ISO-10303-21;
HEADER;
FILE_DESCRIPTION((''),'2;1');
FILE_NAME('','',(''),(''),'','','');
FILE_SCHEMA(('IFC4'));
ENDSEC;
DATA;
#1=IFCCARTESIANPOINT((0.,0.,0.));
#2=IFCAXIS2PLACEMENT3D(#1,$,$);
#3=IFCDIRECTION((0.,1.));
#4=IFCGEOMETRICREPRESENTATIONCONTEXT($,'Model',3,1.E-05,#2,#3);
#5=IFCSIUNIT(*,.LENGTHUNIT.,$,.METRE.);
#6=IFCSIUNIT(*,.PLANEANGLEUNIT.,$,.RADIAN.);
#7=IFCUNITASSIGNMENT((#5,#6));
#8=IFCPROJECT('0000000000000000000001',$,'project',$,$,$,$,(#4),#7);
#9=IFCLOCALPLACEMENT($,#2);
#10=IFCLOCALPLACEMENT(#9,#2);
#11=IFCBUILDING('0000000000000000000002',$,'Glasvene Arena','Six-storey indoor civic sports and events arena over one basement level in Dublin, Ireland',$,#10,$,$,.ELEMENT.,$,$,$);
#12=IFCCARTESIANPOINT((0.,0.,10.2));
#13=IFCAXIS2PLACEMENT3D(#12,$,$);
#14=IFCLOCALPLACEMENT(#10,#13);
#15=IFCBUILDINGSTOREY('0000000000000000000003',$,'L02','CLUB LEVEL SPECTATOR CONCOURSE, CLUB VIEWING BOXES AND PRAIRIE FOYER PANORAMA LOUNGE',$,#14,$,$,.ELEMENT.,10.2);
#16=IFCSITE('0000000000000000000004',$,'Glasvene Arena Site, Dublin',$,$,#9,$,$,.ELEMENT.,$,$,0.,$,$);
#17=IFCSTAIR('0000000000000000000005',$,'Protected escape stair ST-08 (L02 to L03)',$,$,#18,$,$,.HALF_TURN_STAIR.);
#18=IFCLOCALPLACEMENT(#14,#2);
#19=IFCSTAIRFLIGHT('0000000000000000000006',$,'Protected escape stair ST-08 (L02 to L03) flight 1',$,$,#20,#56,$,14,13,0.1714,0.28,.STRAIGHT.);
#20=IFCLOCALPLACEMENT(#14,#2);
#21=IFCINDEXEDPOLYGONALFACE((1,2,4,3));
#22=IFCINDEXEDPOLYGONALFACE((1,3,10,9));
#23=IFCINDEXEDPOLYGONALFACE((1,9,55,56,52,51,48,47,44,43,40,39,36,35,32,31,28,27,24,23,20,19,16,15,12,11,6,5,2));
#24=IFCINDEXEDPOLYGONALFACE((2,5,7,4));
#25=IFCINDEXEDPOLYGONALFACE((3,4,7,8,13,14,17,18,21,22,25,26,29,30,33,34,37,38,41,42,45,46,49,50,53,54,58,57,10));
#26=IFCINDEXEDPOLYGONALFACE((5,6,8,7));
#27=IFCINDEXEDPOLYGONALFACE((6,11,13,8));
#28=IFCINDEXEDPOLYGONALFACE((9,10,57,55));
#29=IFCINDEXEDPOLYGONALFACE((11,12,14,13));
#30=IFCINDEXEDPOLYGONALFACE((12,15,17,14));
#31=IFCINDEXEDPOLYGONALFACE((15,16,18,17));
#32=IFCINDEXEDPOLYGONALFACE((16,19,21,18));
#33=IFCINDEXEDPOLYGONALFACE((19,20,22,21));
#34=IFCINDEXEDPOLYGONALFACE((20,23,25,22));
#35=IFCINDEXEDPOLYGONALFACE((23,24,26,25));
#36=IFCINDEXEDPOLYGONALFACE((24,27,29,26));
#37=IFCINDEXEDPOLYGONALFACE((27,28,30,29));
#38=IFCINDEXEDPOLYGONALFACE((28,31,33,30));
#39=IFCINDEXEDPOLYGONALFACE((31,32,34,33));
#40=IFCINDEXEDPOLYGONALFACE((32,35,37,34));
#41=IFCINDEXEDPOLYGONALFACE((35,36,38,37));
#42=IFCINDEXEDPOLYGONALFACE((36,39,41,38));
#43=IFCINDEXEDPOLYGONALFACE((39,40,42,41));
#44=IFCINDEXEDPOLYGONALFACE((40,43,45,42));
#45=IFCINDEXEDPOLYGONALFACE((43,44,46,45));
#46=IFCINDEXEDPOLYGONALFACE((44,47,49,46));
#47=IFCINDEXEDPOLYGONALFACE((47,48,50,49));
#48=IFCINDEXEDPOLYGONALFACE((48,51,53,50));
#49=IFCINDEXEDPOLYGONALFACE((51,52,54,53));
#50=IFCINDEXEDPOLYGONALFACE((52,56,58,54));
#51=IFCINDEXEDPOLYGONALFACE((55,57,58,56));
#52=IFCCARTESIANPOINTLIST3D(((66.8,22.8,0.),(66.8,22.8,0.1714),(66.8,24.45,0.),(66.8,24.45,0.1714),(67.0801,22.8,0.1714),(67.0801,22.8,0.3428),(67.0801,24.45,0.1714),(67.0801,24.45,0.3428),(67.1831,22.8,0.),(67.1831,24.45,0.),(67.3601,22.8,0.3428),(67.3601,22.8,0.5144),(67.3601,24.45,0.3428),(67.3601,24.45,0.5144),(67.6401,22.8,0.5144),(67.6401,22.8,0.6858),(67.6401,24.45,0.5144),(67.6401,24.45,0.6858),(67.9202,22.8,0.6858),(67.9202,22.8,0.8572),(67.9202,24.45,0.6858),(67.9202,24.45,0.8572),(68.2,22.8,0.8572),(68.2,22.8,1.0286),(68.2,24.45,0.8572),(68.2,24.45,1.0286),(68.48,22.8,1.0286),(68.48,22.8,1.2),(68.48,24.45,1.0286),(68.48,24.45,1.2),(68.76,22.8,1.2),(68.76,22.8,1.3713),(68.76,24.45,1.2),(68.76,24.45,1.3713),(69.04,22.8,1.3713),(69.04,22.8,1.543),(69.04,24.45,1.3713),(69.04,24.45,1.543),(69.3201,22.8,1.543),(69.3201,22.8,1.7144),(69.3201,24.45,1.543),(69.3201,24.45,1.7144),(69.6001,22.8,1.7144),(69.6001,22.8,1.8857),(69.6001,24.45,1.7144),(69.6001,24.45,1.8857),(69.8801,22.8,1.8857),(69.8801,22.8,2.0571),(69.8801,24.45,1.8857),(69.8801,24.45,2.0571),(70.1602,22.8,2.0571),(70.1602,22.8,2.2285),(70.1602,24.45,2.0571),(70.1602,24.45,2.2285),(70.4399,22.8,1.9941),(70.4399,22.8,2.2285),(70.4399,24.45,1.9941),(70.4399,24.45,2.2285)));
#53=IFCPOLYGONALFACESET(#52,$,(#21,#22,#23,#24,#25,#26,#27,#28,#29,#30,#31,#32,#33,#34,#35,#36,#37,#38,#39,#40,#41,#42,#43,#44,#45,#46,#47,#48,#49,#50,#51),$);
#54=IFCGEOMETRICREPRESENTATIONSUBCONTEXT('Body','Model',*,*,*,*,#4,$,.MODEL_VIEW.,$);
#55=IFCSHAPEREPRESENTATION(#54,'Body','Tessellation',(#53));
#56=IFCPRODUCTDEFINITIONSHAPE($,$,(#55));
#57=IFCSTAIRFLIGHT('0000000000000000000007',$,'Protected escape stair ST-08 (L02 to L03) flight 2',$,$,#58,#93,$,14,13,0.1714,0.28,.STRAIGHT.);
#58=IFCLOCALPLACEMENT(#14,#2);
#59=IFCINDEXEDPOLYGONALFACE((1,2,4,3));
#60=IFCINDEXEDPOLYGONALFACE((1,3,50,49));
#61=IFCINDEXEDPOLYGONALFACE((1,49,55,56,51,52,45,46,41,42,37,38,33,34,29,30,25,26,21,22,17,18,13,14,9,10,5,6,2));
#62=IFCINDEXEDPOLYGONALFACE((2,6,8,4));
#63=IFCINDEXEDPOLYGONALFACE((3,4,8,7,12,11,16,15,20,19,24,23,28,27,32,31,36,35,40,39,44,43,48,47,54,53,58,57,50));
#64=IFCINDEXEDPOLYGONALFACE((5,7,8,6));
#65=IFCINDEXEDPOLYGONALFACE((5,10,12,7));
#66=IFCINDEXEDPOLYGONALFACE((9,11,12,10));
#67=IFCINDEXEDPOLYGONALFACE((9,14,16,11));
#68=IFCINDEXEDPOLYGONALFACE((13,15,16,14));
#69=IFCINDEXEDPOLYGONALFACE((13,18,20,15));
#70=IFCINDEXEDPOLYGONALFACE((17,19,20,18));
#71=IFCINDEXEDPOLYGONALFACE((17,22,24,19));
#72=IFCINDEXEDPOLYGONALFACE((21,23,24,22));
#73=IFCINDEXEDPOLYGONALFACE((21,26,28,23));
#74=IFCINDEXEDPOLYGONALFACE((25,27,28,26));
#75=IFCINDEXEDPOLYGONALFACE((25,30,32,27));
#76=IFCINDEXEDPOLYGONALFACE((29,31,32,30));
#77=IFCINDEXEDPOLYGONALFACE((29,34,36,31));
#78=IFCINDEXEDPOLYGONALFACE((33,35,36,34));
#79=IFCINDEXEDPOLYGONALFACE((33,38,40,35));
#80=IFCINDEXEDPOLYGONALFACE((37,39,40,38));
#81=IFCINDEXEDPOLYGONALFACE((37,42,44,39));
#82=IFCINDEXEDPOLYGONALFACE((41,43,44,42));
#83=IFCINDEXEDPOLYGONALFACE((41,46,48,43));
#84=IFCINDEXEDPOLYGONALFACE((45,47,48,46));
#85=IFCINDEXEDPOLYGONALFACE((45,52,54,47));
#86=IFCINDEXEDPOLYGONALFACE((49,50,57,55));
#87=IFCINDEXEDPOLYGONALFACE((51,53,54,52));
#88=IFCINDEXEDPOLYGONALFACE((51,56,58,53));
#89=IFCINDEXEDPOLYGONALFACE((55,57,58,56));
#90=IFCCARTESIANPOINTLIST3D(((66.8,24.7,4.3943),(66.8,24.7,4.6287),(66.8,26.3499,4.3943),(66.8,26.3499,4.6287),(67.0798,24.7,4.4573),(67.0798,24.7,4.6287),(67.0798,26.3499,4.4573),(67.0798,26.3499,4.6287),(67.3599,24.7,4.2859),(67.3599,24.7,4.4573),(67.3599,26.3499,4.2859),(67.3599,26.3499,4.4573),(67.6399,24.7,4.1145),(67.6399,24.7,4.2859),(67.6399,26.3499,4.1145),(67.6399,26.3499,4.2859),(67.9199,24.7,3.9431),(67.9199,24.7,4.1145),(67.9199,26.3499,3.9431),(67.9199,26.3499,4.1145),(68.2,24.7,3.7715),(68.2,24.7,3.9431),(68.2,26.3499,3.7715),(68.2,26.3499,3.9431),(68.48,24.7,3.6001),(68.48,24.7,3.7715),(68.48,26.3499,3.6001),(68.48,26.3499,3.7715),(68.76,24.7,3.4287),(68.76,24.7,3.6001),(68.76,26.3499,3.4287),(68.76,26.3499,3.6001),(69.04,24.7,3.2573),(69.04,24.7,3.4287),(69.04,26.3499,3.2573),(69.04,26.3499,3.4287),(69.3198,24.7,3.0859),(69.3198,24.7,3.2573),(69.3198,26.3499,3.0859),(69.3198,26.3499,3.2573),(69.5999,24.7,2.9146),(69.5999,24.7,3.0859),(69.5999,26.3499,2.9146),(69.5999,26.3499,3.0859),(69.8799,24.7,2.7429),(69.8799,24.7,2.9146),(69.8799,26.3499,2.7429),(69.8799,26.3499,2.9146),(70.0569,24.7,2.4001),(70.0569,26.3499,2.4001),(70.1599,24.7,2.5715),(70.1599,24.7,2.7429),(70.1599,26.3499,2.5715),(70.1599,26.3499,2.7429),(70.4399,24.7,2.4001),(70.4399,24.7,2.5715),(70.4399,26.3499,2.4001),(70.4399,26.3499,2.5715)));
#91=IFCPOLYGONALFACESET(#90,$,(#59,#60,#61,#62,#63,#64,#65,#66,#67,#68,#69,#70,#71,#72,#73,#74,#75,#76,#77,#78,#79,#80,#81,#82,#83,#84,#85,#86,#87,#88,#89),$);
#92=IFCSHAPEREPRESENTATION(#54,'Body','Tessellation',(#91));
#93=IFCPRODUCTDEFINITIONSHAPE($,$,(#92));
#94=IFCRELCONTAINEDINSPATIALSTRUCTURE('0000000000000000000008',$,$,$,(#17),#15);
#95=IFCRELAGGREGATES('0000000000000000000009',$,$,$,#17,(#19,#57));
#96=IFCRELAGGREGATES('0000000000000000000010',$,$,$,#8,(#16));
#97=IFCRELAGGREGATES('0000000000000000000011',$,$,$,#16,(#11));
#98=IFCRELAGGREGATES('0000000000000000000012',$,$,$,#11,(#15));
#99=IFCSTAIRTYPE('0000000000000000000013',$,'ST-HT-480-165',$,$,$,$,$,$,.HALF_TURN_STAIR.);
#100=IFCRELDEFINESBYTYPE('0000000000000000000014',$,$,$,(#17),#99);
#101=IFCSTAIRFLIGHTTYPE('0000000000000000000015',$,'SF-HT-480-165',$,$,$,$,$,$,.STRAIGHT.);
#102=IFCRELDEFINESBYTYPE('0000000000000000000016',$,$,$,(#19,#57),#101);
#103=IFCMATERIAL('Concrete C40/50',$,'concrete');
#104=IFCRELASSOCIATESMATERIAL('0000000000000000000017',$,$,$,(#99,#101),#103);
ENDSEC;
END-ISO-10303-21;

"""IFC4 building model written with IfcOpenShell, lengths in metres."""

from ifc_helpers import new_model, si_unit, direction, frame, origin, place, context, subcontext, project, spatial, polyline, outline, extrude, material, type_object, element, aggregate, save


model = new_model("IFC4")

# Units and contexts
model_context = context("Model", 3, precision=1e-05, world=origin(), true_north=direction((0.0, 1.0)))
body_context = subcontext(model_context, "Body", "Model", "MODEL_VIEW")
ifc_project = project(units=[si_unit("LENGTHUNIT", "METRE"), si_unit("PLANEANGLEUNIT", "RADIAN")], contexts=[model_context])

# Site, building, storey
site_placement = place(None, origin())
site = spatial("IfcSite", under=ifc_project, at=site_placement, Name="Glasvene Arena Site, Dublin", CompositionType="ELEMENT", RefElevation=0.0)
building_placement = place(site_placement, origin())
building = spatial("IfcBuilding", under=site, at=building_placement, Name="Glasvene Arena", Description="Six-storey indoor civic sports and events arena over one basement level in Dublin, Ireland", CompositionType="ELEMENT")
storey_placement = place(building_placement, frame((0.0, 0.0, 10.2)))
storey = spatial("IfcBuildingStorey", under=building, at=storey_placement, Name="L02", Description="CLUB LEVEL SPECTATOR CONCOURSE, CLUB VIEWING BOXES AND PRAIRIE FOYER PANORAMA LOUNGE", CompositionType="ELEMENT", Elevation=10.2)

# Shared definitions
ifc_material_1 = material(Name="Concrete C40/50", Category="concrete")

# Stair
stair_type = type_object("IfcStairType", Name="ST-HT-480-165", PredefinedType="HALF_TURN_STAIR", material=ifc_material_1)
stair_placement = place(storey_placement, origin())
stair = element("IfcStair", 1, at=stair_placement, inside=storey, type_object=stair_type, Name="Protected escape stair ST-08 (L02 to L03)", PredefinedType="HALF_TURN_STAIR")

# Stair flights
stair_flight_type = type_object("IfcStairFlightType", Name="SF-HT-480-165", PredefinedType="STRAIGHT", material=ifc_material_1)
stair_flight_1_placement = place(storey_placement, frame((66.8, 23.625, 0.0), z_axis=(0.0, 0.0, 1.0), x_axis=(1.0, 0.0, 0.0)))
stair_flight_1 = element("IfcStairFlight", 2, at=stair_flight_1_placement, type_object=stair_flight_type, Name="Protected escape stair ST-08 (L02 to L03) flight 1", NumberOfRisers=14, NumberOfTreads=13, PredefinedType="STRAIGHT", RiserHeight=0.1714, TreadLength=0.28, context=body_context, shape_type="SweptSolid", body=[
    extrude(outline(polyline([(0.0, 0.0), (0.0, 0.1714), (0.28, 0.1714), (0.28, 0.3428), (0.5601, 0.3428), (0.5601, 0.5144), (0.8401, 0.5144), (0.8401, 0.6858), (1.1201, 0.6858), (1.1201, 0.8572), (1.3999, 0.8572), (1.3999, 1.0286), (1.6799, 1.0286), (1.6799, 1.2), (1.96, 1.2), (1.96, 1.3713), (2.24, 1.3713), (2.24, 1.543), (2.52, 1.543), (2.52, 1.7144), (2.8, 1.7144), (2.8, 1.8857), (3.0801, 1.8857), (3.0801, 2.0571), (3.3601, 2.0571), (3.3601, 2.2285), (3.6399, 2.2285), (3.6399, 2.3999), (3.6399, 1.9941), (0.3831, 0.0), (0.0, 0.0)])), frame((0.0, 0.825, 0.0), z_axis=(0.0, -1.0, 0.0), x_axis=(1.0, 0.0, 0.0)), (0.0, 0.0, 1.0), 1.6499),
])
stair_flight_2_placement = place(storey_placement, frame((70.4399, 25.5249, 2.4001), z_axis=(0.0, 0.0, 1.0), x_axis=(-1.0, 0.0, 0.0)))
stair_flight_2 = element("IfcStairFlight", 3, at=stair_flight_2_placement, type_object=stair_flight_type, Name="Protected escape stair ST-08 (L02 to L03) flight 2", NumberOfRisers=14, NumberOfTreads=13, PredefinedType="STRAIGHT", RiserHeight=0.1714, TreadLength=0.28, context=body_context, shape_type="SweptSolid", body=[
    extrude(outline(polyline([(0.0, 0.0), (0.0, 0.1714), (0.28, 0.1714), (0.28, 0.3428), (0.5601, 0.3428), (0.5601, 0.5144), (0.8401, 0.5144), (0.8401, 0.6858), (1.1201, 0.6858), (1.1201, 0.8572), (1.3999, 0.8572), (1.3999, 1.0286), (1.6799, 1.0286), (1.6799, 1.2), (1.96, 1.2), (1.96, 1.3713), (2.24, 1.3713), (2.24, 1.543), (2.52, 1.543), (2.52, 1.7144), (2.8, 1.7144), (2.8, 1.8857), (3.0801, 1.8857), (3.0801, 2.0571), (3.3601, 2.0571), (3.3601, 2.2285), (3.6399, 2.2285), (3.6399, 2.3999), (3.6399, 1.9941), (0.3831, 0.0), (0.0, 0.0)])), frame((0.0, 0.825, 0.0), z_axis=(0.0, -1.0, 0.0), x_axis=(1.0, 0.0, 0.0)), (0.0, 0.0, 1.0), 1.6499),
])
aggregate(stair, [stair_flight_1, stair_flight_2])

save(model, "model.ifc")
